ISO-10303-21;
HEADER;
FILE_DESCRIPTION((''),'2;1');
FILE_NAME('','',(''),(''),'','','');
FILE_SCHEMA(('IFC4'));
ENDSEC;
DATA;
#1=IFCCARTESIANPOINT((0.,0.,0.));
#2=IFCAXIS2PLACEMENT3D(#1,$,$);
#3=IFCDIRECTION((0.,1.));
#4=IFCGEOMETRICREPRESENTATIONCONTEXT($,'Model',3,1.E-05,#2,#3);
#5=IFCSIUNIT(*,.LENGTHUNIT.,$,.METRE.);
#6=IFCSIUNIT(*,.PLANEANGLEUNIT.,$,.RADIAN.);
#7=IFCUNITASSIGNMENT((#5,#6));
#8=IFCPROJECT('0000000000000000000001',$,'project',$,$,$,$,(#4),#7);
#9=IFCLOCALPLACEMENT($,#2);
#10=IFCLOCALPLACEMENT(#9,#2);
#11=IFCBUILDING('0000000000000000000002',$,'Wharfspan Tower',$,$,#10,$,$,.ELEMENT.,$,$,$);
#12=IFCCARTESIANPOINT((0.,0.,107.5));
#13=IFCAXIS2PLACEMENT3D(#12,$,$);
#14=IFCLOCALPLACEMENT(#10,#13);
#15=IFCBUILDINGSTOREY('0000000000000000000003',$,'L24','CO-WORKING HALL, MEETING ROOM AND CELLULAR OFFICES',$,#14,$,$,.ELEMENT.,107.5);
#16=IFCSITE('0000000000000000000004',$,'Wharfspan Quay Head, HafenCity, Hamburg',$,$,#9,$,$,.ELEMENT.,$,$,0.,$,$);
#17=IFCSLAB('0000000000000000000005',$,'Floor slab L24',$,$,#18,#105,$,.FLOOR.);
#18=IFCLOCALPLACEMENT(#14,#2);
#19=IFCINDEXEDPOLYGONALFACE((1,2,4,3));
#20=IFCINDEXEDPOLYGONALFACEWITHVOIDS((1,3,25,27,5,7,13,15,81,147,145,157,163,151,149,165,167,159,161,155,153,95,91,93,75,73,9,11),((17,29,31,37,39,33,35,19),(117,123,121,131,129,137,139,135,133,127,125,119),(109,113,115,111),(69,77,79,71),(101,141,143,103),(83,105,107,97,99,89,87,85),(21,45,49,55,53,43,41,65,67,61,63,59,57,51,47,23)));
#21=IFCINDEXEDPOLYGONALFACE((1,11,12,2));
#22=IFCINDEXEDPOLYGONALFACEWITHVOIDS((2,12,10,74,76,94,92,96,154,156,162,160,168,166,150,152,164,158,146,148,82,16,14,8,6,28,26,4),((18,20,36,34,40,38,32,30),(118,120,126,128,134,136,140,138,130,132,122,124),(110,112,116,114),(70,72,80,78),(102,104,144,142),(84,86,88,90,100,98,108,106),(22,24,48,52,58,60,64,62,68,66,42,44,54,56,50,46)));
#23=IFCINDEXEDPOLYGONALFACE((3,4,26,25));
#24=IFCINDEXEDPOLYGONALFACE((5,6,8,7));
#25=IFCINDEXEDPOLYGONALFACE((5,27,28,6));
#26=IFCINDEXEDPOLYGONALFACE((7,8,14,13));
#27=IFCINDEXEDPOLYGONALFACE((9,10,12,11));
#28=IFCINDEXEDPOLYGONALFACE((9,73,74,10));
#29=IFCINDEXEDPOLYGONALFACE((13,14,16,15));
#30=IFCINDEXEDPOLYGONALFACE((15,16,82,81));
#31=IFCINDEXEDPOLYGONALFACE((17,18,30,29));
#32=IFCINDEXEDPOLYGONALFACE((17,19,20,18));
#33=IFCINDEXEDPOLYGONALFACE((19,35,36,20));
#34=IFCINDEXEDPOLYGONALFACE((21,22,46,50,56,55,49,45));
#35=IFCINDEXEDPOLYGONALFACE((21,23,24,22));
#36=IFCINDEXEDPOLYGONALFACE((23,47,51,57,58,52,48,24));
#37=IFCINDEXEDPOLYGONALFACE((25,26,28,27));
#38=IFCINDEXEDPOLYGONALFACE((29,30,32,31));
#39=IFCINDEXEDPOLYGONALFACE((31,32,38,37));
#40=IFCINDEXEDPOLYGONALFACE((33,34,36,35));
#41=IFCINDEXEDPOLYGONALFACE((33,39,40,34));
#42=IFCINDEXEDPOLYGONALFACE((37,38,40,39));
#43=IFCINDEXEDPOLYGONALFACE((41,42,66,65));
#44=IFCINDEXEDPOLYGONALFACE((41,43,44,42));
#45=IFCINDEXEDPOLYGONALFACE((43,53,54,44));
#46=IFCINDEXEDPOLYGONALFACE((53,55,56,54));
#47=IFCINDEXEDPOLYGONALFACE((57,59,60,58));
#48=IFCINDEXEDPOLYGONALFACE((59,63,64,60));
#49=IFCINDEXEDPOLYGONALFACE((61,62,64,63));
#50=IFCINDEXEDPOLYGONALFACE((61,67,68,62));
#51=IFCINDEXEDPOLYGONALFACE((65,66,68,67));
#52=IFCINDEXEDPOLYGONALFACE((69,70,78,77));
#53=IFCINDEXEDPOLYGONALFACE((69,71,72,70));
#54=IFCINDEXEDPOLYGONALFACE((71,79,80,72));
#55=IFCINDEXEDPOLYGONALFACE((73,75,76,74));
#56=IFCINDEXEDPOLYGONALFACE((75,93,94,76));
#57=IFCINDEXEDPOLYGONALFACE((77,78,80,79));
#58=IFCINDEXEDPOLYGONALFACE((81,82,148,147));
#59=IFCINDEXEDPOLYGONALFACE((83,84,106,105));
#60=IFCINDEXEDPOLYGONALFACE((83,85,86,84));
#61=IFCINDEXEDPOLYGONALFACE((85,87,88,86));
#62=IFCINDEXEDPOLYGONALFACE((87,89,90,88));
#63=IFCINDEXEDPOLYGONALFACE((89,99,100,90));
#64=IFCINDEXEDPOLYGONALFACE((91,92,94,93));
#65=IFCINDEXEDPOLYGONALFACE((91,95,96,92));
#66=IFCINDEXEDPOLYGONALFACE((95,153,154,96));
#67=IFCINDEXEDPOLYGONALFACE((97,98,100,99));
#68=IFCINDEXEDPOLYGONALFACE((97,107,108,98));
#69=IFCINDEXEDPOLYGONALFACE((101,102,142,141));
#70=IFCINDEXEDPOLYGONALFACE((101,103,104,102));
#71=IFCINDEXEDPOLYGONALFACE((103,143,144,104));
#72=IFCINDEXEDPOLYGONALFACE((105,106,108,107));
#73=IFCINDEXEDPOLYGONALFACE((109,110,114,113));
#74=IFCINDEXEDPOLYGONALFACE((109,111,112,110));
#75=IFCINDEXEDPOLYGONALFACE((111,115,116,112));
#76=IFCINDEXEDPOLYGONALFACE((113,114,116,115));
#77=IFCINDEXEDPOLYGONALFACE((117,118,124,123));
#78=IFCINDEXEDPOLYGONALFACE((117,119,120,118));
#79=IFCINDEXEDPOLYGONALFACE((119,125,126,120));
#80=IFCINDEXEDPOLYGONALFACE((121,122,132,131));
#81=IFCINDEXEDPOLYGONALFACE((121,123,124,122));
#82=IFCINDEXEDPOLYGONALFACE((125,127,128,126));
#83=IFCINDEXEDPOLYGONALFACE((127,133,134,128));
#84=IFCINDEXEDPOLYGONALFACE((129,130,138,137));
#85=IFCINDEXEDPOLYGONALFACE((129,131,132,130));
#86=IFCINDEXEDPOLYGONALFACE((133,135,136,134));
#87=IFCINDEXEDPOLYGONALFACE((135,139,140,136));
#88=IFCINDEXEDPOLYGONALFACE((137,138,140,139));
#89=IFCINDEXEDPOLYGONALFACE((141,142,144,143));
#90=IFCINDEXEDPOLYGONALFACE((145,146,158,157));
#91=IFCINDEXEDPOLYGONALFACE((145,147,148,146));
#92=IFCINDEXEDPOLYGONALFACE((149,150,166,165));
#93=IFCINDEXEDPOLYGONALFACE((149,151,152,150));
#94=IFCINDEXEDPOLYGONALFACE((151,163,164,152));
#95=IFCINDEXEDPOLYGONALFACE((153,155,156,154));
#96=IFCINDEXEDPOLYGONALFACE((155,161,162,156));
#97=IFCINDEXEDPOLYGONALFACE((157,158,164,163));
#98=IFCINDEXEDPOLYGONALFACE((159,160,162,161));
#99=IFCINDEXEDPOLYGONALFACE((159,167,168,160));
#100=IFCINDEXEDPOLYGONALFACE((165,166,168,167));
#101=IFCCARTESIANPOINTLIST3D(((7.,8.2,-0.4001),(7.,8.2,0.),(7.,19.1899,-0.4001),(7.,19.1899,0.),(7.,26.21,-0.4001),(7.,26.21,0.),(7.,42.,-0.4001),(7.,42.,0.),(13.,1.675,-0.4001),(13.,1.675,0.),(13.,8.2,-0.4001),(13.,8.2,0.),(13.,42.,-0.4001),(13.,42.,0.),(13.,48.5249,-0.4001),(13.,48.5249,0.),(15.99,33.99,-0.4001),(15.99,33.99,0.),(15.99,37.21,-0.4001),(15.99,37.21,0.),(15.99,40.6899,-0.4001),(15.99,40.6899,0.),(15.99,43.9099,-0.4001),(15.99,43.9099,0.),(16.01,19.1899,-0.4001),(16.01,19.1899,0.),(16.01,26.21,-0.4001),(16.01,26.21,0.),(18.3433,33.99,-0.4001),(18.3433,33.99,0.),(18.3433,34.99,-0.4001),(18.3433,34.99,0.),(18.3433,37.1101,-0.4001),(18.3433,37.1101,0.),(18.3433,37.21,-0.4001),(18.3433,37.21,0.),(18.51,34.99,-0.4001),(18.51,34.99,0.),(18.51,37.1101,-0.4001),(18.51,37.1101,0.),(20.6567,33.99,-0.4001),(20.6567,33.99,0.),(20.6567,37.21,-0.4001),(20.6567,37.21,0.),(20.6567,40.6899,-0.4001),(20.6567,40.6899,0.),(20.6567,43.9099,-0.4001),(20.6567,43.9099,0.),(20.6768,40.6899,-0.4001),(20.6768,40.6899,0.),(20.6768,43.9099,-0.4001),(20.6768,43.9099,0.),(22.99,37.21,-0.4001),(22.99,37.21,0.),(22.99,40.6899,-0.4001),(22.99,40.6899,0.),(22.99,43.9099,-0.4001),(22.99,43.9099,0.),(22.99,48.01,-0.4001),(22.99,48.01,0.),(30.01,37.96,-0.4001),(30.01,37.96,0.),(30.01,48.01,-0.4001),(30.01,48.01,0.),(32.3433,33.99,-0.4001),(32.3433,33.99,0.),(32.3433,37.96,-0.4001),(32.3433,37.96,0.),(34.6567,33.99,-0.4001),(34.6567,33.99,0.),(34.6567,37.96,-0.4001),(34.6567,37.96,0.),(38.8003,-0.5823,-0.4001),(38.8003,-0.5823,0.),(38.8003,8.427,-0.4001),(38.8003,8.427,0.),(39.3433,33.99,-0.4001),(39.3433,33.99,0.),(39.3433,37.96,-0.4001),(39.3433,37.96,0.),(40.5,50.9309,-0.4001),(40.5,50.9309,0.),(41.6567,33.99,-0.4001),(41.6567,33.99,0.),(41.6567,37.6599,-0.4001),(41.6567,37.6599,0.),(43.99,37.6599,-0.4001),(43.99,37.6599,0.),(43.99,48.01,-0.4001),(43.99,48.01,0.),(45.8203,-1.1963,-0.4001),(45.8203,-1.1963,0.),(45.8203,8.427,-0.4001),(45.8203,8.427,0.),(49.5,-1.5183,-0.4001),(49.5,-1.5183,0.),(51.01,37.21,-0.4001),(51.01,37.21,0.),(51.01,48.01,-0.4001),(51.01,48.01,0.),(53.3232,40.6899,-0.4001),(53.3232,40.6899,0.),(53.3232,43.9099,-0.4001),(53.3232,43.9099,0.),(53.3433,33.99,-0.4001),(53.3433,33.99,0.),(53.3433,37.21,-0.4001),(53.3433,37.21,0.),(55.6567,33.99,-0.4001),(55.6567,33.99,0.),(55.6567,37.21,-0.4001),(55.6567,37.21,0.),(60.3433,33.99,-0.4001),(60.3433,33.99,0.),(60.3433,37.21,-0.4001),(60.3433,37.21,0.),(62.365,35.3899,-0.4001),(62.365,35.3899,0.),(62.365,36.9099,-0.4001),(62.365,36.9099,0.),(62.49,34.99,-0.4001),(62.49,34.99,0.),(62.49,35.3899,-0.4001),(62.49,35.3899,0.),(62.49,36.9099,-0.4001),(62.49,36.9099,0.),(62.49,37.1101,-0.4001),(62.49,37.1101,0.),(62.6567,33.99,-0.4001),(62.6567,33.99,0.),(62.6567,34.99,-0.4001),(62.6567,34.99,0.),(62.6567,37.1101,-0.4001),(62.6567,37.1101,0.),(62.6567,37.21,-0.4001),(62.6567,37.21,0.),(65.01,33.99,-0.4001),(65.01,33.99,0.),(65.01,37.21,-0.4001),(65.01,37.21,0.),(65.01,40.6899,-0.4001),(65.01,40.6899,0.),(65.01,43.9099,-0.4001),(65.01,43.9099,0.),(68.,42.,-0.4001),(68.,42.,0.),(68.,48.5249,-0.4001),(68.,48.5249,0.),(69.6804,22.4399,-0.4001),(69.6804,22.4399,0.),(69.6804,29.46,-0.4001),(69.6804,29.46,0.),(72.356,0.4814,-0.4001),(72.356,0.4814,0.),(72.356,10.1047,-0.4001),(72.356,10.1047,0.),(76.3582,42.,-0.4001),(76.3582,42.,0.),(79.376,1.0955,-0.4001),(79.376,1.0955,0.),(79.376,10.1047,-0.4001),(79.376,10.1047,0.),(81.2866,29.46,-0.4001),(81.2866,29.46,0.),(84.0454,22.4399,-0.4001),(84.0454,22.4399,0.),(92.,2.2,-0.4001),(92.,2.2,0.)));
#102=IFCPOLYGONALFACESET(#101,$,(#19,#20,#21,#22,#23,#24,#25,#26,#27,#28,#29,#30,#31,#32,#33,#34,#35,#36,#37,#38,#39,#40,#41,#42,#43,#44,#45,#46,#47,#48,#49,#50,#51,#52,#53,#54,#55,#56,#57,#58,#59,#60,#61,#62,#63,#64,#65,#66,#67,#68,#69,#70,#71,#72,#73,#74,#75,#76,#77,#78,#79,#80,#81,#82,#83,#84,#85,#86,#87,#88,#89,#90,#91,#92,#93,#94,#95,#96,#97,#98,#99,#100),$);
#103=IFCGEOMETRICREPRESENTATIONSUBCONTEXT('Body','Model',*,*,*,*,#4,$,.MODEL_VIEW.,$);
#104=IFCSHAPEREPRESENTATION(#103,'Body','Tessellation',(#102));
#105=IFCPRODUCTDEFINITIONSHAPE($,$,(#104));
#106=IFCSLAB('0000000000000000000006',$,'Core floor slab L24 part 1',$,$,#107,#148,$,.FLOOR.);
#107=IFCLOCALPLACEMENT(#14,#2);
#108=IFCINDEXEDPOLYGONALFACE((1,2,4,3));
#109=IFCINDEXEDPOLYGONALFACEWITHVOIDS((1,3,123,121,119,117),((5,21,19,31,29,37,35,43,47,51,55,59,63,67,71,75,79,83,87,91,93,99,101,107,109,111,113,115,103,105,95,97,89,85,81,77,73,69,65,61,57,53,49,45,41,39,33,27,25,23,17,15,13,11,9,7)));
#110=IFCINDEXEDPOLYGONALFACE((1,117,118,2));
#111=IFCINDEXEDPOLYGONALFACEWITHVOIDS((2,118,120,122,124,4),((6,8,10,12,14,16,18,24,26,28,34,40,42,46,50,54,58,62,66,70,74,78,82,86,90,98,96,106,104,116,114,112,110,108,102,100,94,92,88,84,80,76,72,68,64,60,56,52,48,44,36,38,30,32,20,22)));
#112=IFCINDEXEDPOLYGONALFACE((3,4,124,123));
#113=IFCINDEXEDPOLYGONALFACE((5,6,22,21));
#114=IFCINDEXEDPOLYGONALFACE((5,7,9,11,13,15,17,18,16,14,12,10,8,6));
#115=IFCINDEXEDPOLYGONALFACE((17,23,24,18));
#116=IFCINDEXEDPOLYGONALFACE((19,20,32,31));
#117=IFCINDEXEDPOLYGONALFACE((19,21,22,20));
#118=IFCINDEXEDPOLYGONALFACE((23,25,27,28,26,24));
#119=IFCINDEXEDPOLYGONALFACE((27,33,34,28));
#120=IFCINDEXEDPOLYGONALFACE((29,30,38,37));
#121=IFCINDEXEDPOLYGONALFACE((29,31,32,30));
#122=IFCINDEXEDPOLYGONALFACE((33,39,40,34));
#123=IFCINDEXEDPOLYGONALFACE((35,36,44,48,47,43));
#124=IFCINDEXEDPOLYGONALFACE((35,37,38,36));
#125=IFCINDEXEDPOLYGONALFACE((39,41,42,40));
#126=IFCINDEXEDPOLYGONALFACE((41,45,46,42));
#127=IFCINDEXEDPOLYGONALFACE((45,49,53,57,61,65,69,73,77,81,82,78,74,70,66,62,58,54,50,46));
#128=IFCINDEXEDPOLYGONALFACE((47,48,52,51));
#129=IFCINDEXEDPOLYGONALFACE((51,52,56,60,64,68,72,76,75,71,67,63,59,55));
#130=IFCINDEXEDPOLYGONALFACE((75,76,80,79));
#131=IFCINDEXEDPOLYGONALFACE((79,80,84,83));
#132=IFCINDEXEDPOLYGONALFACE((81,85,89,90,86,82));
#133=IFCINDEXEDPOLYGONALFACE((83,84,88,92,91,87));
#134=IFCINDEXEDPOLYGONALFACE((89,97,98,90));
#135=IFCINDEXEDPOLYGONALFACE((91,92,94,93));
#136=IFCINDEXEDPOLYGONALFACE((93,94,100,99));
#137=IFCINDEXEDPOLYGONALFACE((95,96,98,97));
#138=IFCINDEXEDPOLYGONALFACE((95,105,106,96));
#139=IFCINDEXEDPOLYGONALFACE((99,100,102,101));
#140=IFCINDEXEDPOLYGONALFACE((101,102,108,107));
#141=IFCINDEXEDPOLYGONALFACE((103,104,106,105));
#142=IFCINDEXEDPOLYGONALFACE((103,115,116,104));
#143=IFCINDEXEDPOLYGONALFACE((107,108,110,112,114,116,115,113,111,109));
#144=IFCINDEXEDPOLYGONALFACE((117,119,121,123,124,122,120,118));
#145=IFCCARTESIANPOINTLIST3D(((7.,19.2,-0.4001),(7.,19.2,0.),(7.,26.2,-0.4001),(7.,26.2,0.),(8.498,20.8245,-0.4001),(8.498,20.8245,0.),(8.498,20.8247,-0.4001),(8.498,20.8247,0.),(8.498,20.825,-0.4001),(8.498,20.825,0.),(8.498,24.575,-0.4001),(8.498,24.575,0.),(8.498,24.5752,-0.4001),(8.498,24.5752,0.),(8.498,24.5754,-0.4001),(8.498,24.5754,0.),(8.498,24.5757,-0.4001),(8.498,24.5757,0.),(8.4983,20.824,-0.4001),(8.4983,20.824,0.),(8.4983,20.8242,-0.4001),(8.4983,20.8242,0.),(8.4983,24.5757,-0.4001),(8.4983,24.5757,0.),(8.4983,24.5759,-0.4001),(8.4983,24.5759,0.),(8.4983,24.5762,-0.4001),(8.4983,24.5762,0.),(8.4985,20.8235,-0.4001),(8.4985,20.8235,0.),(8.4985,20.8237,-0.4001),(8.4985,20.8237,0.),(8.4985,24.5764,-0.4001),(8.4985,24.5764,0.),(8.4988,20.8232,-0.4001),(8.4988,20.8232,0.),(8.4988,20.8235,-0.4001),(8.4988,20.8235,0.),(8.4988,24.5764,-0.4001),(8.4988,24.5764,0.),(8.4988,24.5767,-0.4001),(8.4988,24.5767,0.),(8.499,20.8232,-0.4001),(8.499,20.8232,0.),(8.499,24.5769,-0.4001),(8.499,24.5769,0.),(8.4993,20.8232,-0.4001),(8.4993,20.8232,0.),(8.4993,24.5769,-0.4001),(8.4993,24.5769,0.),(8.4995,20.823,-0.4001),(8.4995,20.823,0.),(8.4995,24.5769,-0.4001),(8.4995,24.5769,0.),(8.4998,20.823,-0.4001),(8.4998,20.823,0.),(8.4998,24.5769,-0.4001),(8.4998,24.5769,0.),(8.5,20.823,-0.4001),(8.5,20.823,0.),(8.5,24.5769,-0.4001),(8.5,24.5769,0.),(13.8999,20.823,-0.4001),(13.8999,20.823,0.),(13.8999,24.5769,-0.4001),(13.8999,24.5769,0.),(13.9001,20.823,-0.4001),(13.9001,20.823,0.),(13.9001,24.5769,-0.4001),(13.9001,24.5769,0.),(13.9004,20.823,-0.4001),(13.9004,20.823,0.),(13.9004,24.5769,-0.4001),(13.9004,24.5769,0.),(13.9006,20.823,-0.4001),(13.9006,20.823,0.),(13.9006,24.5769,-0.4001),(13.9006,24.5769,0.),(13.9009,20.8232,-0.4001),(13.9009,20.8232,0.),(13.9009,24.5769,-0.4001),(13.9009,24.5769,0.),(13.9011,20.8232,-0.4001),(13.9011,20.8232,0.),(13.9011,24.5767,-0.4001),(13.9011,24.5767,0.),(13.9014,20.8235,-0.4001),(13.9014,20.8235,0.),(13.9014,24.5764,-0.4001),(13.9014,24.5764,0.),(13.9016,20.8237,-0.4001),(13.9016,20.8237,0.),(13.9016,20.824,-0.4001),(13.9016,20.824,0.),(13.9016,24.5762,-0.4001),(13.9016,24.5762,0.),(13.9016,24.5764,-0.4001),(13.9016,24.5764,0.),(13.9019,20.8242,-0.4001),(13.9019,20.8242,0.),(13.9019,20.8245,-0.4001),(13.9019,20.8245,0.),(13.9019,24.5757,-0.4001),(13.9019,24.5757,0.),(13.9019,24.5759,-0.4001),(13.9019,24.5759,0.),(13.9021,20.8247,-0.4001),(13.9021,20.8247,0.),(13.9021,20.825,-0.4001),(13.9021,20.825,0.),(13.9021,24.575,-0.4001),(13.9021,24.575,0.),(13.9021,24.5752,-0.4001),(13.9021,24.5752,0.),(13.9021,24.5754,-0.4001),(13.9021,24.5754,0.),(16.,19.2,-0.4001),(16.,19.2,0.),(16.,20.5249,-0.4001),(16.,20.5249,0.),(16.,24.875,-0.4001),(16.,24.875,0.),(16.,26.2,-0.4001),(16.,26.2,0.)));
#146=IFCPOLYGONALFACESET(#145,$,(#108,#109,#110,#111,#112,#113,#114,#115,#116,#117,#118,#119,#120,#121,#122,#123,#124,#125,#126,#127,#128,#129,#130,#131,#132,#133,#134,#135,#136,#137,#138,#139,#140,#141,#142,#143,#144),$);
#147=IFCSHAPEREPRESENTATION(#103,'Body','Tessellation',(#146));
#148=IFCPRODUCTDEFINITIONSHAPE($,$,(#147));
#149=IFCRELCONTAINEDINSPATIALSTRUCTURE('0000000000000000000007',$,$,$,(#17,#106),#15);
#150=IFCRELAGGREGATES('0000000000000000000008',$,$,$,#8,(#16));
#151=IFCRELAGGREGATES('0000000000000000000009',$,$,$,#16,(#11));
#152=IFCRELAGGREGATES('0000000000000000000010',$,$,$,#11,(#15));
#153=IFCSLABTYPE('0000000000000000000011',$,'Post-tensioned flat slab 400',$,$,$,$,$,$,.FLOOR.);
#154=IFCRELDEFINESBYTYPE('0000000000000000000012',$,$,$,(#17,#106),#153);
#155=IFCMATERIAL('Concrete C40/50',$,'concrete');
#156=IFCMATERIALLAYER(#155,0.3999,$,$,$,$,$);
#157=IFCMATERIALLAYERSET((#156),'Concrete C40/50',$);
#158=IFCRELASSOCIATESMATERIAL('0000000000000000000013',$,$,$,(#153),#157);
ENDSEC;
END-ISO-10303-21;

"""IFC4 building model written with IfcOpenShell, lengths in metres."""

from ifc_helpers import new_model, si_unit, direction, frame, origin, place, context, subcontext, project, spatial, polyline, outline, extrude, material, layer, layer_set, type_object, element, save


model = new_model("IFC4")

# Units and contexts
model_context = context("Model", 3, precision=1e-05, world=origin(), true_north=direction((0.0, 1.0)))
body_context = subcontext(model_context, "Body", "Model", "MODEL_VIEW")
ifc_project = project(units=[si_unit("LENGTHUNIT", "METRE"), si_unit("PLANEANGLEUNIT", "RADIAN")], contexts=[model_context])

# Site, building, storey
site_placement = place(None, origin())
site = spatial("IfcSite", under=ifc_project, at=site_placement, Name="Wharfspan Quay Head, HafenCity, Hamburg", CompositionType="ELEMENT", RefElevation=0.0)
building_placement = place(site_placement, origin())
building = spatial("IfcBuilding", under=site, at=building_placement, Name="Wharfspan Tower", CompositionType="ELEMENT")
storey_placement = place(building_placement, frame((0.0, 0.0, 107.5)))
storey = spatial("IfcBuildingStorey", under=building, at=storey_placement, Name="L24", Description="CO-WORKING HALL, MEETING ROOM AND CELLULAR OFFICES", CompositionType="ELEMENT", Elevation=107.5)

# Slabs
ifc_material_1 = material(Name="Concrete C40/50", Category="concrete")
ifc_layer_1 = layer(ifc_material_1, 0.3999)
ifc_layer_set_1 = layer_set([ifc_layer_1], Name="Concrete C40/50")
slab_type_1 = type_object("IfcSlabType", Name="Post-tensioned flat slab 400", PredefinedType="FLOOR", material=ifc_layer_set_1)
slab_1_placement = place(storey_placement, frame((0.0, 0.0, -0.4001)))
element("IfcSlab", 1, at=slab_1_placement, inside=storey, type_object=slab_type_1, Name="Floor slab L24", PredefinedType="FLOOR", context=body_context, shape_type="SweptSolid", body=[
    extrude(outline(polyline([(38.8003, -0.5823), (38.8003, 8.427), (45.8203, 8.427), (45.8203, -1.1963), (49.5, -1.5183), (72.356, 0.4814), (72.356, 10.1047), (79.376, 10.1047), (79.376, 1.0955), (92.0, 2.2), (84.0454, 22.4399), (69.6804, 22.4399), (69.6804, 29.46), (81.2866, 29.46), (76.3582, 42.0), (68.0, 42.0), (68.0, 48.5249), (40.5, 50.9309), (13.0, 48.5249), (13.0, 42.0), (7.0, 42.0), (7.0, 26.21), (16.01, 26.21), (16.01, 19.1899), (7.0, 19.1899), (7.0, 8.2), (13.0, 8.2), (13.0, 1.675), (38.8003, -0.5823)]), holes=[polyline([(62.49, 35.3899), (62.365, 35.3899), (62.365, 36.9099), (62.49, 36.9099), (62.49, 37.1101), (62.6567, 37.1101), (62.6567, 37.21), (65.01, 37.21), (65.01, 33.99), (62.6567, 33.99), (62.6567, 34.99), (62.49, 34.99), (62.49, 35.3899)]), polyline([(65.01, 43.9099), (65.01, 40.6899), (53.3232, 40.6899), (53.3232, 43.9099), (65.01, 43.9099)]), polyline([(55.6567, 33.99), (55.6567, 37.21), (60.3433, 37.21), (60.3433, 33.99), (55.6567, 33.99)]), polyline([(43.99, 37.6599), (43.99, 48.01), (51.01, 48.01), (51.01, 37.21), (53.3433, 37.21), (53.3433, 33.99), (41.6567, 33.99), (41.6567, 37.6599), (43.99, 37.6599)]), polyline([(34.6567, 33.99), (34.6567, 37.96), (39.3433, 37.96), (39.3433, 33.99), (34.6567, 33.99)]), polyline([(20.6567, 37.21), (22.99, 37.21), (22.99, 40.6899), (20.6768, 40.6899), (20.6567, 40.6899), (15.99, 40.6899), (15.99, 43.9099), (20.6567, 43.9099), (20.6768, 43.9099), (22.99, 43.9099), (22.99, 48.01), (30.01, 48.01), (30.01, 37.96), (32.3433, 37.96), (32.3433, 33.99), (20.6567, 33.99), (20.6567, 37.21)]), polyline([(18.51, 34.99), (18.3433, 34.99), (18.3433, 33.99), (15.99, 33.99), (15.99, 37.21), (18.3433, 37.21), (18.3433, 37.1101), (18.51, 37.1101), (18.51, 34.99)])]), origin(), (0.0, 0.0, 1.0), 0.4001),
])
slab_2_placement = place(storey_placement, frame((0.0, 0.0, -0.4001)))
element("IfcSlab", 2, at=slab_2_placement, inside=storey, type_object=slab_type_1, Name="Core floor slab L24 part 1", PredefinedType="FLOOR", context=body_context, shape_type="SweptSolid", body=[
    extrude(outline(polyline([(16.0, 20.5249), (16.0, 24.875), (16.0, 26.2), (7.0, 26.2), (7.0, 19.2), (16.0, 19.2), (16.0, 20.5249)]), holes=[polyline([(13.9021, 20.825), (13.9021, 20.8247), (13.9021, 20.8247), (13.9019, 20.8245), (13.9019, 20.8242), (13.9019, 20.8242), (13.9016, 20.824), (13.9016, 20.8237), (13.9014, 20.8235), (13.9014, 20.8235), (13.9011, 20.8232), (13.9009, 20.8232), (13.9009, 20.8232), (13.9006, 20.823), (13.9004, 20.823), (13.9001, 20.823), (13.8999, 20.823), (8.5, 20.823), (8.4998, 20.823), (8.4995, 20.823), (8.4995, 20.823), (8.4993, 20.8232), (8.499, 20.8232), (8.4988, 20.8232), (8.4988, 20.8235), (8.4985, 20.8235), (8.4985, 20.8237), (8.4983, 20.824), (8.4983, 20.8242), (8.4983, 20.8242), (8.498, 20.8245), (8.498, 20.8247), (8.498, 20.8247), (8.498, 20.825), (8.498, 24.575), (8.498, 24.5752), (8.498, 24.5754), (8.498, 24.5757), (8.4983, 24.5757), (8.4983, 24.5759), (8.4983, 24.5762), (8.4985, 24.5764), (8.4985, 24.5764), (8.4988, 24.5764), (8.4988, 24.5767), (8.499, 24.5769), (8.4993, 24.5769), (8.4995, 24.5769), (8.4995, 24.5769), (8.4998, 24.5769), (8.5, 24.5769), (13.8999, 24.5769), (13.9001, 24.5769), (13.9004, 24.5769), (13.9006, 24.5769), (13.9009, 24.5769), (13.9009, 24.5769), (13.9011, 24.5767), (13.9014, 24.5764), (13.9014, 24.5764), (13.9016, 24.5764), (13.9016, 24.5762), (13.9019, 24.5759), (13.9019, 24.5757), (13.9019, 24.5757), (13.9021, 24.5754), (13.9021, 24.5752), (13.9021, 24.575), (13.9021, 20.825)])]), origin(), (0.0, 0.0, 1.0), 0.4001),
])

save(model, "model.ifc")
